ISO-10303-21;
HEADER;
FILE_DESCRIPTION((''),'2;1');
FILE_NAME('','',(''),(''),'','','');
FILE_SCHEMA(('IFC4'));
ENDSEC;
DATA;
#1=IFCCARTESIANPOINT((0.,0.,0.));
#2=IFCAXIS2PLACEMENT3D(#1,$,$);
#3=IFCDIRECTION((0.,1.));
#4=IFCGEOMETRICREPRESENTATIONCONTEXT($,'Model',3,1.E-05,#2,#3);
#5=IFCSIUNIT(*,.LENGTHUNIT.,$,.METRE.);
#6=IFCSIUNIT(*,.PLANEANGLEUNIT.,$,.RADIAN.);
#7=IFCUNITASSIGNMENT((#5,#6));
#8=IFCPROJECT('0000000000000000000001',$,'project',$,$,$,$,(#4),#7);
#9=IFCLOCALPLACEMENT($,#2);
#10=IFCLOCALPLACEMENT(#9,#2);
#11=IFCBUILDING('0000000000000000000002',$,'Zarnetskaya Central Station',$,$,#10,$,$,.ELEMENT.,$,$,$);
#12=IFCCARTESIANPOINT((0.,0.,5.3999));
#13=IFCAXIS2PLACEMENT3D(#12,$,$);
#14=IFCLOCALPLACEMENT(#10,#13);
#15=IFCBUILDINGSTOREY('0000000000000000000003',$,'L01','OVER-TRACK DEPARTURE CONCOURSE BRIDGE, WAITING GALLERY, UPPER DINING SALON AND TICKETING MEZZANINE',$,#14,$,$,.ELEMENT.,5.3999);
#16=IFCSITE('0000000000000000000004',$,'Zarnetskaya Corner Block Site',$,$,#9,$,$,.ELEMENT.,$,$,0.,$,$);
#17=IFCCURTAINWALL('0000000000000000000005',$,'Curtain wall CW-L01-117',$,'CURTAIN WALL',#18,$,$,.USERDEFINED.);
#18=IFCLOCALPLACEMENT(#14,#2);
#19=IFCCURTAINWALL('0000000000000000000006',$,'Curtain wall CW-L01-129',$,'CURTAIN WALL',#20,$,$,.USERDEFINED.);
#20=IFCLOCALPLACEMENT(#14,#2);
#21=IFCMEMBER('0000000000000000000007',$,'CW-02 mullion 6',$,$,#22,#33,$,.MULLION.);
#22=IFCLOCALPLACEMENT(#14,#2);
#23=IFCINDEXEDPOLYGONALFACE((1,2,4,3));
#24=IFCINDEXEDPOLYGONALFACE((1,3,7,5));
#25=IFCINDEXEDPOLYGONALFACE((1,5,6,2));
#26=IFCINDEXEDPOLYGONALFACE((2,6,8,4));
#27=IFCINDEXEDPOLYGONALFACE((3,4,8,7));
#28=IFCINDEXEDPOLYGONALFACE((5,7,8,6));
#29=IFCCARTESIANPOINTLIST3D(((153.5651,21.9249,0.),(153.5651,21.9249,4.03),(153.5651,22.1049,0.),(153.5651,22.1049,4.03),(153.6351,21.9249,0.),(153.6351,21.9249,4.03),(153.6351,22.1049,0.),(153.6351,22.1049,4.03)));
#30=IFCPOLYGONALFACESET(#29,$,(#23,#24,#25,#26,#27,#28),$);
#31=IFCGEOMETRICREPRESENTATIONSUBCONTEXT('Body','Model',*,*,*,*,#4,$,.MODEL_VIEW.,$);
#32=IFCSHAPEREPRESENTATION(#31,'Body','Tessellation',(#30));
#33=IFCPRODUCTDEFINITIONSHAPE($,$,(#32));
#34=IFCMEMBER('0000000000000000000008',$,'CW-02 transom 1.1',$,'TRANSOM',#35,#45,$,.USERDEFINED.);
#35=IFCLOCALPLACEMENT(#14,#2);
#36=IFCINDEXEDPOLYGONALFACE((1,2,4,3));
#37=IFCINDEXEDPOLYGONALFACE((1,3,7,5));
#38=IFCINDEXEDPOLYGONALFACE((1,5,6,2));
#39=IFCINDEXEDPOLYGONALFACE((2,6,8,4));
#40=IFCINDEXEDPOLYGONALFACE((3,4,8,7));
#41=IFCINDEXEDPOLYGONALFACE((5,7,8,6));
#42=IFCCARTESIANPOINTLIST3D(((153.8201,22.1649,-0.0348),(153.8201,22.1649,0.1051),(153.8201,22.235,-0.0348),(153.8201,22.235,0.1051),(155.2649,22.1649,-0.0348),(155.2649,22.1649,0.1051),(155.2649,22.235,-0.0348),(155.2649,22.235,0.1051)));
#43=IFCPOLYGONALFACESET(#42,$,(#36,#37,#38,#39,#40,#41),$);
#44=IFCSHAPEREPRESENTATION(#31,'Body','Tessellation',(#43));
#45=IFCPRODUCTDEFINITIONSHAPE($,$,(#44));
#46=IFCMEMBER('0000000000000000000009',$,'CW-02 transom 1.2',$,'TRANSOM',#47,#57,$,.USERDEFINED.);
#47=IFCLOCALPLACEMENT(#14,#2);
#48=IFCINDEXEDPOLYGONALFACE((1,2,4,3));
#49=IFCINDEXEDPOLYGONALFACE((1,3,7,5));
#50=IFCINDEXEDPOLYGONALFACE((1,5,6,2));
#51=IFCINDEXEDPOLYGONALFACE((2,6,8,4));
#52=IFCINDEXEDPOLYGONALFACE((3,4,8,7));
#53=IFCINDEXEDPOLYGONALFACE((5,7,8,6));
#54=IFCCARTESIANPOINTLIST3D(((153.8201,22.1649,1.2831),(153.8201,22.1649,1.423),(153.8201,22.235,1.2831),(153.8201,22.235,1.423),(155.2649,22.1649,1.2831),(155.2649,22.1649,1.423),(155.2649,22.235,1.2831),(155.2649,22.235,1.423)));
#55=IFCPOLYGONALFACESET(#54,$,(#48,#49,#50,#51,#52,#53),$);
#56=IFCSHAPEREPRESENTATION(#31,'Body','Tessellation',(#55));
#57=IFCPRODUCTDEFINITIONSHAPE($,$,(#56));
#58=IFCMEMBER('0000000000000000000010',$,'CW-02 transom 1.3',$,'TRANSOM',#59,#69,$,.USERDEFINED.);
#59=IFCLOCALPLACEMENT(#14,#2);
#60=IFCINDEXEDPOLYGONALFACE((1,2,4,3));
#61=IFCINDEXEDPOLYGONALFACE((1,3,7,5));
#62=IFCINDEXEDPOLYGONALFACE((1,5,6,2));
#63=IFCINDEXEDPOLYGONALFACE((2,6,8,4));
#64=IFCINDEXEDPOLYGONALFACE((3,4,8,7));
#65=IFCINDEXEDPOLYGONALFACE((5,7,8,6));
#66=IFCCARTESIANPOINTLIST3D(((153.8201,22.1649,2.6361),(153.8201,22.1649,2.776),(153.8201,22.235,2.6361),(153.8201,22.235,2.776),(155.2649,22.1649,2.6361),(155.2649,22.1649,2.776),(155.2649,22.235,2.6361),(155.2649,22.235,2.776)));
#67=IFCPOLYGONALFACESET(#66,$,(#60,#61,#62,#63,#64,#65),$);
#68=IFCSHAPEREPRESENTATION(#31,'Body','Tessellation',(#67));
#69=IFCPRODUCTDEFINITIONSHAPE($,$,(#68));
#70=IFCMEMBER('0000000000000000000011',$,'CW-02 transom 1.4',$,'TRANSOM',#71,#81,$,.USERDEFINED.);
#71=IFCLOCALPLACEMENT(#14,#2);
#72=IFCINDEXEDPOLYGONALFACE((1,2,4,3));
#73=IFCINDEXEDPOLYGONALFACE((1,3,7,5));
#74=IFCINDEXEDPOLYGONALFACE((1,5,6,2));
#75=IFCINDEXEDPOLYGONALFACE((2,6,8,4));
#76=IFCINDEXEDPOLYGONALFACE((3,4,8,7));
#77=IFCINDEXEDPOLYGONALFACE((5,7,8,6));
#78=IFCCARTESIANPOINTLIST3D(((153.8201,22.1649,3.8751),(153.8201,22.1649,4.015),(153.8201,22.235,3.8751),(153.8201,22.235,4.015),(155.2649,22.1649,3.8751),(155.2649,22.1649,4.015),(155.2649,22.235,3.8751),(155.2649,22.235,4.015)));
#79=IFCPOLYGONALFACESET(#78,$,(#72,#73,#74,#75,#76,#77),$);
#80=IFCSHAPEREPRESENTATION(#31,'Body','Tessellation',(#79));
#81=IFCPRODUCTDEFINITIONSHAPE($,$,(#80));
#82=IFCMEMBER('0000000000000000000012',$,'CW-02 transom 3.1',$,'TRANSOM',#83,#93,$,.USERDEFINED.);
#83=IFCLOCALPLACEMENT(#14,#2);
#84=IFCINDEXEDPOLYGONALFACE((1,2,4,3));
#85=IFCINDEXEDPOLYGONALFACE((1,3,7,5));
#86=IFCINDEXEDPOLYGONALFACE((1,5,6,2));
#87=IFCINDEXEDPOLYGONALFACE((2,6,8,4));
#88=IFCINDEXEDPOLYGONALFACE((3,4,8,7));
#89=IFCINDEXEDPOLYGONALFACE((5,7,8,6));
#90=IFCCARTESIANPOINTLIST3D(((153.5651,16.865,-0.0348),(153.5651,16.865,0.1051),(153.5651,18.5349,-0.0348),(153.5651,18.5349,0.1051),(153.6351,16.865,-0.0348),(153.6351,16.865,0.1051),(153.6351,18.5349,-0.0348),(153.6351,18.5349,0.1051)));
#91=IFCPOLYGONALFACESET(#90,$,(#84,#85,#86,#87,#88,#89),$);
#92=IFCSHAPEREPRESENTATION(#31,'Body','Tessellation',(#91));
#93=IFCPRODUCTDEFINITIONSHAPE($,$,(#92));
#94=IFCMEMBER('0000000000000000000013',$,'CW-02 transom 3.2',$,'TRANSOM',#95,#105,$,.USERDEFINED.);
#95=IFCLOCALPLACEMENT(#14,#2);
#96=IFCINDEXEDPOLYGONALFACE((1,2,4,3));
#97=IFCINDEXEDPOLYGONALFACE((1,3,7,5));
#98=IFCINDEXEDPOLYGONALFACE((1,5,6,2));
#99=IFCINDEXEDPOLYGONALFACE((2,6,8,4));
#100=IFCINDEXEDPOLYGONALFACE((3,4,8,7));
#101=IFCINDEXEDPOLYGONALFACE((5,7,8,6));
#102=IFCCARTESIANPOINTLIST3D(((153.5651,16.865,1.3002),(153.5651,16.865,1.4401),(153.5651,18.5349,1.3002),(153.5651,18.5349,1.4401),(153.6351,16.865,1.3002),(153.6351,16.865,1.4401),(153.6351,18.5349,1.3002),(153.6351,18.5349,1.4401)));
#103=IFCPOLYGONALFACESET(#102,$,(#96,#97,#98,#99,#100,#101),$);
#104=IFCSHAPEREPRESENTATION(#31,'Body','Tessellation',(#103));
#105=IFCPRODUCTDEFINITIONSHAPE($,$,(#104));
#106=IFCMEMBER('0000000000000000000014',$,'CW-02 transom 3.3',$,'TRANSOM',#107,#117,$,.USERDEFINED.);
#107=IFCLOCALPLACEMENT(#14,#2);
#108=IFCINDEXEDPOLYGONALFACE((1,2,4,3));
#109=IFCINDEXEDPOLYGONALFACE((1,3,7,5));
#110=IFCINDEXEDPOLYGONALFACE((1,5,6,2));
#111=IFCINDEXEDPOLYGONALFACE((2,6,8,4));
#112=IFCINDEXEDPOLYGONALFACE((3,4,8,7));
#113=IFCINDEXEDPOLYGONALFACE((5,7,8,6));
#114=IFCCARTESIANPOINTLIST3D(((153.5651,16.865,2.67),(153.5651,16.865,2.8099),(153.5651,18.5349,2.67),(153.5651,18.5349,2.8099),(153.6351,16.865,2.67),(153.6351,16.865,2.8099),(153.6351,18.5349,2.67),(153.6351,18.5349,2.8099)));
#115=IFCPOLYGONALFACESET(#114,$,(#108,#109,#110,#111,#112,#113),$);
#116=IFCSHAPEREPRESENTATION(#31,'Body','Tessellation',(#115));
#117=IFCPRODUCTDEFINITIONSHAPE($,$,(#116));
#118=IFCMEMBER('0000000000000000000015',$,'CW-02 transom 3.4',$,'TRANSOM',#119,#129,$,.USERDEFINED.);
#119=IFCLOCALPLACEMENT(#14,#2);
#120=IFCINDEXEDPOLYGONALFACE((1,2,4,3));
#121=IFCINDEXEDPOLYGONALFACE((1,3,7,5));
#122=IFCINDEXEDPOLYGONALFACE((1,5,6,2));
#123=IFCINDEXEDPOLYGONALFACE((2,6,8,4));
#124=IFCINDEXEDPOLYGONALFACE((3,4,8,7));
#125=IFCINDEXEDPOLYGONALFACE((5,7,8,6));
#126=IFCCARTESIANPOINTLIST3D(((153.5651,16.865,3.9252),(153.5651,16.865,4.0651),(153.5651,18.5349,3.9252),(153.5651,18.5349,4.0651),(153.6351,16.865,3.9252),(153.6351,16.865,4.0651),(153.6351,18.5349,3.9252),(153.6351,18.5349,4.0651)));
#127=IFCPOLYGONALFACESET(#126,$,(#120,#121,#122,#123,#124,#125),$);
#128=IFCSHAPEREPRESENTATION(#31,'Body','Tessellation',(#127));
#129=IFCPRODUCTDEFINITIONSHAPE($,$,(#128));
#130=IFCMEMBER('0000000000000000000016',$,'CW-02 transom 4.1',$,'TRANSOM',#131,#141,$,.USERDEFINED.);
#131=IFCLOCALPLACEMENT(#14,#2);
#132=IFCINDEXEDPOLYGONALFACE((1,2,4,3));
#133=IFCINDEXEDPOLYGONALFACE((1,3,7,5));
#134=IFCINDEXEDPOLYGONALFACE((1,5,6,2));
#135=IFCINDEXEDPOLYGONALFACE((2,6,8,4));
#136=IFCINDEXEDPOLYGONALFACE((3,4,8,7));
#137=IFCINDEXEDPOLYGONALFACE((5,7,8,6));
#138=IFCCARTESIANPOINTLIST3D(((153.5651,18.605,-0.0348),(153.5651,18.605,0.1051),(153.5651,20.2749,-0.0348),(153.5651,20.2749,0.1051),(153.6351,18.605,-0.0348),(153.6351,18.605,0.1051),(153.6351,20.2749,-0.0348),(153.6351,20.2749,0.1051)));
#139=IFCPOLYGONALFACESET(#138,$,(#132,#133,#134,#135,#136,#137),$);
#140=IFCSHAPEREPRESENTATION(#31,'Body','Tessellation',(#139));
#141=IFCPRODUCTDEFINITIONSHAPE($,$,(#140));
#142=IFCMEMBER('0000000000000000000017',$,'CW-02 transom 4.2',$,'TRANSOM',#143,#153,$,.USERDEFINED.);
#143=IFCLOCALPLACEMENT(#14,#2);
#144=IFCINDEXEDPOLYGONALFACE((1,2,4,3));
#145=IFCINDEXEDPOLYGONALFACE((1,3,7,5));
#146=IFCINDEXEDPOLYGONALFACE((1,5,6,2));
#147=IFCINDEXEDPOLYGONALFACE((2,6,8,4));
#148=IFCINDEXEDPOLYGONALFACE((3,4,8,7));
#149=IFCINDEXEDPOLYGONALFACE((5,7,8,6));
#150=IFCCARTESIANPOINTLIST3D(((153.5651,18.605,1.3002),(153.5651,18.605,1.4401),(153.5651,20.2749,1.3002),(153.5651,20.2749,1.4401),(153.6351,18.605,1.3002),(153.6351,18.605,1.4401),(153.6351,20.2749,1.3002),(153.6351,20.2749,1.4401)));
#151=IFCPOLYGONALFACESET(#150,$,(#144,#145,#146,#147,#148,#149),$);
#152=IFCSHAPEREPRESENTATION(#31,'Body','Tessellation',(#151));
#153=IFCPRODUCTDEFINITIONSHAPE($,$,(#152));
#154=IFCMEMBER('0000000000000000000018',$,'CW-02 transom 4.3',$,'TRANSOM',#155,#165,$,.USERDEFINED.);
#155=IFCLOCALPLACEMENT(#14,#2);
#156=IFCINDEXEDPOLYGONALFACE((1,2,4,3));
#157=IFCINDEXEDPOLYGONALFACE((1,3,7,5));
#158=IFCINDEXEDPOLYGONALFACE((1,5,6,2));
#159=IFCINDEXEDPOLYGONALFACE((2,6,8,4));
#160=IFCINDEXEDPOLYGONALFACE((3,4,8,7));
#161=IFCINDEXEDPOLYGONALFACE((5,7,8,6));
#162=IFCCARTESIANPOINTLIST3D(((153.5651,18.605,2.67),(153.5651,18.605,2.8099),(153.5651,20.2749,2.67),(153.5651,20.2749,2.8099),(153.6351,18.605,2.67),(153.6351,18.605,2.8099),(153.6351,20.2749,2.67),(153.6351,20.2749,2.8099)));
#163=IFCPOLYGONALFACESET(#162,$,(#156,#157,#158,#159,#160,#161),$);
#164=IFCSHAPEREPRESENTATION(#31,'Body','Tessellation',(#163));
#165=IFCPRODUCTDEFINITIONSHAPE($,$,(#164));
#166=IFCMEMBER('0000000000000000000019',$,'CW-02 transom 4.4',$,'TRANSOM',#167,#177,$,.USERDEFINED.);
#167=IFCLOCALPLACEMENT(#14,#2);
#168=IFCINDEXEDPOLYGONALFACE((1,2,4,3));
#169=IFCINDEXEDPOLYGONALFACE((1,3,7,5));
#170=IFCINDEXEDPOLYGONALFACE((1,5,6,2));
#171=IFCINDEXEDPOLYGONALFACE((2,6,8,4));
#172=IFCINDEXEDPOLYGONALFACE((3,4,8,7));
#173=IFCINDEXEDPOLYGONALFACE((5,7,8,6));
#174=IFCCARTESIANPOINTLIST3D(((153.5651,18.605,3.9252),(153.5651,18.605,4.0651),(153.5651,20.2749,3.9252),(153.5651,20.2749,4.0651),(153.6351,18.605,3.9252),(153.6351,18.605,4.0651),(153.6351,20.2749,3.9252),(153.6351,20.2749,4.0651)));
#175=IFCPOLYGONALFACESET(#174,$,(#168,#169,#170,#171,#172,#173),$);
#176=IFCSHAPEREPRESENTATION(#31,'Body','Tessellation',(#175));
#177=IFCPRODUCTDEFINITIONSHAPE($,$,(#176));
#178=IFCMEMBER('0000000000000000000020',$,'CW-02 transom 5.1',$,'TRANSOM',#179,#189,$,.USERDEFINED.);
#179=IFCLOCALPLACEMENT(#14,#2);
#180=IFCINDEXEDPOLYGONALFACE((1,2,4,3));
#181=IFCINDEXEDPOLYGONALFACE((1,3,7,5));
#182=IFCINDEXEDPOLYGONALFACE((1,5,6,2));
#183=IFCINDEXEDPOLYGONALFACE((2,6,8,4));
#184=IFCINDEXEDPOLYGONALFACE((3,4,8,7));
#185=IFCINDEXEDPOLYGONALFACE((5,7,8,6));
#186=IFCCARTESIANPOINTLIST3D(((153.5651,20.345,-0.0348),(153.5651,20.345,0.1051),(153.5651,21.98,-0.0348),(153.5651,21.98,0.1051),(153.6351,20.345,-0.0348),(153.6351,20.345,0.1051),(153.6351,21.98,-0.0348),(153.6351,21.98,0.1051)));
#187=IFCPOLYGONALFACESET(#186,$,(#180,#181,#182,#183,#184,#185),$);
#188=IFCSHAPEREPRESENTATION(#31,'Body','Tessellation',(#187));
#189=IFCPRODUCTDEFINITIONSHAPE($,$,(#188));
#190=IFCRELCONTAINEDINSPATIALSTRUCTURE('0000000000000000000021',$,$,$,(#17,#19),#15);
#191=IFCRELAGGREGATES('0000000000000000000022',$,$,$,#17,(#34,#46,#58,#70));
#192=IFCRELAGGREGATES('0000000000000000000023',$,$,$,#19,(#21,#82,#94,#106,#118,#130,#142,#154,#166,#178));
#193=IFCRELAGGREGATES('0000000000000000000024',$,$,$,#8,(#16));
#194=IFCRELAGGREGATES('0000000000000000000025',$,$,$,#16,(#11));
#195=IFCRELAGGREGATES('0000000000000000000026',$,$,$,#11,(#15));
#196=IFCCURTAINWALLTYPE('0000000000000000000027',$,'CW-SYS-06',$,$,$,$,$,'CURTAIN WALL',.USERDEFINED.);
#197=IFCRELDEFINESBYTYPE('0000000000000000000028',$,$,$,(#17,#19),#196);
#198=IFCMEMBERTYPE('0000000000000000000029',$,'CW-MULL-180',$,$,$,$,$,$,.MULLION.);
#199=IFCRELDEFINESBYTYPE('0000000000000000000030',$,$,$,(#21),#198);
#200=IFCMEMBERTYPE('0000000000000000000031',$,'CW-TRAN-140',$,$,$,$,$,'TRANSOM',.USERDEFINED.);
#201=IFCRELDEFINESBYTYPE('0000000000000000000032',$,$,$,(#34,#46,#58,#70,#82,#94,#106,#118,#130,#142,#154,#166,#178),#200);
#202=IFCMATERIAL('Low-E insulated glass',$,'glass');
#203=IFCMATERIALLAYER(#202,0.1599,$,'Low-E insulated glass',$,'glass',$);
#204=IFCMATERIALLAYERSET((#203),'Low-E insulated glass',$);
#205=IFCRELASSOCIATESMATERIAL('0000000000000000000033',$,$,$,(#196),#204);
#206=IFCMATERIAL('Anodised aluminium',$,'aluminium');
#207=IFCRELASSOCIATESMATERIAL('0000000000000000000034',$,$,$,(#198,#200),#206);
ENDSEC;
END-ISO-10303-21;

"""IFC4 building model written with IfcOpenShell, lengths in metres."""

from ifc_helpers import new_model, si_unit, direction, frame, origin, origin_2d, place, context, subcontext, project, spatial, rectangle, extrude, material, layer, layer_set, material_profile, profile_set, type_object, element, aggregate, save


model = new_model("IFC4")

# Units and contexts
model_context = context("Model", 3, precision=1e-05, world=origin(), true_north=direction((0.0, 1.0)))
body_context = subcontext(model_context, "Body", "Model", "MODEL_VIEW")
ifc_project = project(units=[si_unit("LENGTHUNIT", "METRE"), si_unit("PLANEANGLEUNIT", "RADIAN")], contexts=[model_context])

# Site, building, storey
site_placement = place(None, origin())
site = spatial("IfcSite", under=ifc_project, at=site_placement, Name="Zarnetskaya Corner Block Site", CompositionType="ELEMENT", RefElevation=0.0)
building_placement = place(site_placement, origin())
building = spatial("IfcBuilding", under=site, at=building_placement, Name="Zarnetskaya Central Station", CompositionType="ELEMENT")
storey_placement = place(building_placement, frame((0.0, 0.0, 5.3999)))
storey = spatial("IfcBuildingStorey", under=building, at=storey_placement, Name="L01", Description="OVER-TRACK DEPARTURE CONCOURSE BRIDGE, WAITING GALLERY, UPPER DINING SALON AND TICKETING MEZZANINE", CompositionType="ELEMENT", Elevation=5.3999)

# Curtain wall
ifc_material_1 = material(Name="Low-E insulated glass", Category="glass")
ifc_layer_1 = layer(ifc_material_1, 0.1599, Name="Low-E insulated glass", Category="glass")
ifc_layer_set_1 = layer_set([ifc_layer_1], Name="Low-E insulated glass")
curtain_wall_type = type_object("IfcCurtainWallType", Name="CW-SYS-06", ElementType="CURTAIN WALL", PredefinedType="USERDEFINED", material=ifc_layer_set_1)
curtain_wall_1_placement = place(storey_placement, origin())
curtain_wall_1 = element("IfcCurtainWall", 1, at=curtain_wall_1_placement, inside=storey, type_object=curtain_wall_type, Name="Curtain wall CW-L01-117", ObjectType="CURTAIN WALL", PredefinedType="USERDEFINED")
ifc_material_2 = material(Name="Anodised aluminium", Category="aluminium")
ifc_material_profile_1 = material_profile(ifc_material_2, rectangle(XDim=0.0701, YDim=0.1799, at=origin_2d()), Name="ALU MULL 70x180")
ifc_profile_set_1 = profile_set([ifc_material_profile_1], Name="Anodised aluminium")
member_type_1 = type_object("IfcMemberType", Name="CW-MULL-180", PredefinedType="MULLION", material=ifc_profile_set_1)

# Curtain wall, member
curtain_wall_2_placement = place(storey_placement, origin())
curtain_wall_2 = element("IfcCurtainWall", 2, at=curtain_wall_2_placement, inside=storey, type_object=curtain_wall_type, Name="Curtain wall CW-L01-129", ObjectType="CURTAIN WALL", PredefinedType="USERDEFINED")
member_1_placement = place(storey_placement, frame((153.6001, 22.0149, 0.0), z_axis=(0.0, 0.0, 1.0), x_axis=(-1.0, 0.0, 0.0)))
member_1 = element("IfcMember", 3, at=member_1_placement, type_object=member_type_1, Name="CW-02 mullion 6", PredefinedType="MULLION", context=body_context, shape_type="SweptSolid", body=[
    extrude(rectangle(XDim=0.0701, YDim=0.1799, at=origin_2d()), origin(), (0.0, 0.0, 1.0), 4.03),
])

# Members
ifc_material_profile_2 = material_profile(ifc_material_2, rectangle(XDim=0.0701, YDim=0.1399, at=origin_2d()), Name="ALU TRAN 70x140")
ifc_profile_set_2 = profile_set([ifc_material_profile_2], Name="Anodised aluminium")
member_type_2 = type_object("IfcMemberType", Name="CW-TRAN-140", ElementType="TRANSOM", PredefinedType="USERDEFINED", material=ifc_profile_set_2)
member_2_placement = place(storey_placement, frame((153.8201, 22.2, 0.0352), z_axis=(1.0, 0.0, 0.0), x_axis=(0.0, 1.0, 0.0)))
member_2 = element("IfcMember", 4, at=member_2_placement, type_object=member_type_2, Name="CW-02 transom 1.1", ObjectType="TRANSOM", PredefinedType="USERDEFINED", context=body_context, shape_type="SweptSolid", body=[
    extrude(rectangle(XDim=0.0701, YDim=0.1399, at=origin_2d()), origin(), (0.0, 0.0, 1.0), 1.4448),
])
member_3_placement = place(storey_placement, frame((153.8201, 22.2, 1.353), z_axis=(1.0, 0.0, 0.0), x_axis=(0.0, 1.0, 0.0)))
member_3 = element("IfcMember", 5, at=member_3_placement, type_object=member_type_2, Name="CW-02 transom 1.2", ObjectType="TRANSOM", PredefinedType="USERDEFINED", context=body_context, shape_type="SweptSolid", body=[
    extrude(rectangle(XDim=0.0701, YDim=0.1399, at=origin_2d()), origin(), (0.0, 0.0, 1.0), 1.4448),
])
member_4_placement = place(storey_placement, frame((153.8201, 22.2, 2.7061), z_axis=(1.0, 0.0, 0.0), x_axis=(0.0, 1.0, 0.0)))
member_4 = element("IfcMember", 6, at=member_4_placement, type_object=member_type_2, Name="CW-02 transom 1.3", ObjectType="TRANSOM", PredefinedType="USERDEFINED", context=body_context, shape_type="SweptSolid", body=[
    extrude(rectangle(XDim=0.0701, YDim=0.1399, at=origin_2d()), origin(), (0.0, 0.0, 1.0), 1.4448),
])
member_5_placement = place(storey_placement, frame((153.8201, 22.2, 3.9451), z_axis=(1.0, 0.0, 0.0), x_axis=(0.0, 1.0, 0.0)))
member_5 = element("IfcMember", 7, at=member_5_placement, type_object=member_type_2, Name="CW-02 transom 1.4", ObjectType="TRANSOM", PredefinedType="USERDEFINED", context=body_context, shape_type="SweptSolid", body=[
    extrude(rectangle(XDim=0.0701, YDim=0.1399, at=origin_2d()), origin(), (0.0, 0.0, 1.0), 1.4448),
])
aggregate(curtain_wall_1, [member_2, member_3, member_4, member_5])
member_6_placement = place(storey_placement, frame((153.6001, 16.865, 0.0352), z_axis=(0.0, 1.0, 0.0), x_axis=(-1.0, 0.0, 0.0)))
member_6 = element("IfcMember", 8, at=member_6_placement, type_object=member_type_2, Name="CW-02 transom 3.1", ObjectType="TRANSOM", PredefinedType="USERDEFINED", context=body_context, shape_type="SweptSolid", body=[
    extrude(rectangle(XDim=0.0701, YDim=0.1399, at=origin_2d()), origin(), (0.0, 0.0, 1.0), 1.6699),
])
member_7_placement = place(storey_placement, frame((153.6001, 16.865, 1.3701), z_axis=(0.0, 1.0, 0.0), x_axis=(-1.0, 0.0, 0.0)))
member_7 = element("IfcMember", 9, at=member_7_placement, type_object=member_type_2, Name="CW-02 transom 3.2", ObjectType="TRANSOM", PredefinedType="USERDEFINED", context=body_context, shape_type="SweptSolid", body=[
    extrude(rectangle(XDim=0.0701, YDim=0.1399, at=origin_2d()), origin(), (0.0, 0.0, 1.0), 1.6699),
])
member_8_placement = place(storey_placement, frame((153.6001, 16.865, 2.74), z_axis=(0.0, 1.0, 0.0), x_axis=(-1.0, 0.0, 0.0)))
member_8 = element("IfcMember", 10, at=member_8_placement, type_object=member_type_2, Name="CW-02 transom 3.3", ObjectType="TRANSOM", PredefinedType="USERDEFINED", context=body_context, shape_type="SweptSolid", body=[
    extrude(rectangle(XDim=0.0701, YDim=0.1399, at=origin_2d()), origin(), (0.0, 0.0, 1.0), 1.6699),
])
member_9_placement = place(storey_placement, frame((153.6001, 16.865, 3.9951), z_axis=(0.0, 1.0, 0.0), x_axis=(-1.0, 0.0, 0.0)))
member_9 = element("IfcMember", 11, at=member_9_placement, type_object=member_type_2, Name="CW-02 transom 3.4", ObjectType="TRANSOM", PredefinedType="USERDEFINED", context=body_context, shape_type="SweptSolid", body=[
    extrude(rectangle(XDim=0.0701, YDim=0.1399, at=origin_2d()), origin(), (0.0, 0.0, 1.0), 1.6699),
])
member_10_placement = place(storey_placement, frame((153.6001, 18.605, 0.0352), z_axis=(0.0, 1.0, 0.0), x_axis=(-1.0, 0.0, 0.0)))
member_10 = element("IfcMember", 12, at=member_10_placement, type_object=member_type_2, Name="CW-02 transom 4.1", ObjectType="TRANSOM", PredefinedType="USERDEFINED", context=body_context, shape_type="SweptSolid", body=[
    extrude(rectangle(XDim=0.0701, YDim=0.1399, at=origin_2d()), origin(), (0.0, 0.0, 1.0), 1.6699),
])
member_11_placement = place(storey_placement, frame((153.6001, 18.605, 1.3701), z_axis=(0.0, 1.0, 0.0), x_axis=(-1.0, 0.0, 0.0)))
member_11 = element("IfcMember", 13, at=member_11_placement, type_object=member_type_2, Name="CW-02 transom 4.2", ObjectType="TRANSOM", PredefinedType="USERDEFINED", context=body_context, shape_type="SweptSolid", body=[
    extrude(rectangle(XDim=0.0701, YDim=0.1399, at=origin_2d()), origin(), (0.0, 0.0, 1.0), 1.6699),
])
member_12_placement = place(storey_placement, frame((153.6001, 18.605, 2.74), z_axis=(0.0, 1.0, 0.0), x_axis=(-1.0, 0.0, 0.0)))
member_12 = element("IfcMember", 14, at=member_12_placement, type_object=member_type_2, Name="CW-02 transom 4.3", ObjectType="TRANSOM", PredefinedType="USERDEFINED", context=body_context, shape_type="SweptSolid", body=[
    extrude(rectangle(XDim=0.0701, YDim=0.1399, at=origin_2d()), origin(), (0.0, 0.0, 1.0), 1.6699),
])
member_13_placement = place(storey_placement, frame((153.6001, 18.605, 3.9951), z_axis=(0.0, 1.0, 0.0), x_axis=(-1.0, 0.0, 0.0)))
member_13 = element("IfcMember", 15, at=member_13_placement, type_object=member_type_2, Name="CW-02 transom 4.4", ObjectType="TRANSOM", PredefinedType="USERDEFINED", context=body_context, shape_type="SweptSolid", body=[
    extrude(rectangle(XDim=0.0701, YDim=0.1399, at=origin_2d()), origin(), (0.0, 0.0, 1.0), 1.6699),
])
member_14_placement = place(storey_placement, frame((153.6001, 20.345, 0.0352), z_axis=(0.0, 1.0, 0.0), x_axis=(-1.0, 0.0, 0.0)))
member_14 = element("IfcMember", 16, at=member_14_placement, type_object=member_type_2, Name="CW-02 transom 5.1", ObjectType="TRANSOM", PredefinedType="USERDEFINED", context=body_context, shape_type="SweptSolid", body=[
    extrude(rectangle(XDim=0.0701, YDim=0.1399, at=origin_2d()), origin(), (0.0, 0.0, 1.0), 1.635),
])

aggregate(curtain_wall_2, [member_1, member_6, member_7, member_8, member_9, member_10, member_11, member_12, member_13, member_14])

save(model, "model.ifc")
